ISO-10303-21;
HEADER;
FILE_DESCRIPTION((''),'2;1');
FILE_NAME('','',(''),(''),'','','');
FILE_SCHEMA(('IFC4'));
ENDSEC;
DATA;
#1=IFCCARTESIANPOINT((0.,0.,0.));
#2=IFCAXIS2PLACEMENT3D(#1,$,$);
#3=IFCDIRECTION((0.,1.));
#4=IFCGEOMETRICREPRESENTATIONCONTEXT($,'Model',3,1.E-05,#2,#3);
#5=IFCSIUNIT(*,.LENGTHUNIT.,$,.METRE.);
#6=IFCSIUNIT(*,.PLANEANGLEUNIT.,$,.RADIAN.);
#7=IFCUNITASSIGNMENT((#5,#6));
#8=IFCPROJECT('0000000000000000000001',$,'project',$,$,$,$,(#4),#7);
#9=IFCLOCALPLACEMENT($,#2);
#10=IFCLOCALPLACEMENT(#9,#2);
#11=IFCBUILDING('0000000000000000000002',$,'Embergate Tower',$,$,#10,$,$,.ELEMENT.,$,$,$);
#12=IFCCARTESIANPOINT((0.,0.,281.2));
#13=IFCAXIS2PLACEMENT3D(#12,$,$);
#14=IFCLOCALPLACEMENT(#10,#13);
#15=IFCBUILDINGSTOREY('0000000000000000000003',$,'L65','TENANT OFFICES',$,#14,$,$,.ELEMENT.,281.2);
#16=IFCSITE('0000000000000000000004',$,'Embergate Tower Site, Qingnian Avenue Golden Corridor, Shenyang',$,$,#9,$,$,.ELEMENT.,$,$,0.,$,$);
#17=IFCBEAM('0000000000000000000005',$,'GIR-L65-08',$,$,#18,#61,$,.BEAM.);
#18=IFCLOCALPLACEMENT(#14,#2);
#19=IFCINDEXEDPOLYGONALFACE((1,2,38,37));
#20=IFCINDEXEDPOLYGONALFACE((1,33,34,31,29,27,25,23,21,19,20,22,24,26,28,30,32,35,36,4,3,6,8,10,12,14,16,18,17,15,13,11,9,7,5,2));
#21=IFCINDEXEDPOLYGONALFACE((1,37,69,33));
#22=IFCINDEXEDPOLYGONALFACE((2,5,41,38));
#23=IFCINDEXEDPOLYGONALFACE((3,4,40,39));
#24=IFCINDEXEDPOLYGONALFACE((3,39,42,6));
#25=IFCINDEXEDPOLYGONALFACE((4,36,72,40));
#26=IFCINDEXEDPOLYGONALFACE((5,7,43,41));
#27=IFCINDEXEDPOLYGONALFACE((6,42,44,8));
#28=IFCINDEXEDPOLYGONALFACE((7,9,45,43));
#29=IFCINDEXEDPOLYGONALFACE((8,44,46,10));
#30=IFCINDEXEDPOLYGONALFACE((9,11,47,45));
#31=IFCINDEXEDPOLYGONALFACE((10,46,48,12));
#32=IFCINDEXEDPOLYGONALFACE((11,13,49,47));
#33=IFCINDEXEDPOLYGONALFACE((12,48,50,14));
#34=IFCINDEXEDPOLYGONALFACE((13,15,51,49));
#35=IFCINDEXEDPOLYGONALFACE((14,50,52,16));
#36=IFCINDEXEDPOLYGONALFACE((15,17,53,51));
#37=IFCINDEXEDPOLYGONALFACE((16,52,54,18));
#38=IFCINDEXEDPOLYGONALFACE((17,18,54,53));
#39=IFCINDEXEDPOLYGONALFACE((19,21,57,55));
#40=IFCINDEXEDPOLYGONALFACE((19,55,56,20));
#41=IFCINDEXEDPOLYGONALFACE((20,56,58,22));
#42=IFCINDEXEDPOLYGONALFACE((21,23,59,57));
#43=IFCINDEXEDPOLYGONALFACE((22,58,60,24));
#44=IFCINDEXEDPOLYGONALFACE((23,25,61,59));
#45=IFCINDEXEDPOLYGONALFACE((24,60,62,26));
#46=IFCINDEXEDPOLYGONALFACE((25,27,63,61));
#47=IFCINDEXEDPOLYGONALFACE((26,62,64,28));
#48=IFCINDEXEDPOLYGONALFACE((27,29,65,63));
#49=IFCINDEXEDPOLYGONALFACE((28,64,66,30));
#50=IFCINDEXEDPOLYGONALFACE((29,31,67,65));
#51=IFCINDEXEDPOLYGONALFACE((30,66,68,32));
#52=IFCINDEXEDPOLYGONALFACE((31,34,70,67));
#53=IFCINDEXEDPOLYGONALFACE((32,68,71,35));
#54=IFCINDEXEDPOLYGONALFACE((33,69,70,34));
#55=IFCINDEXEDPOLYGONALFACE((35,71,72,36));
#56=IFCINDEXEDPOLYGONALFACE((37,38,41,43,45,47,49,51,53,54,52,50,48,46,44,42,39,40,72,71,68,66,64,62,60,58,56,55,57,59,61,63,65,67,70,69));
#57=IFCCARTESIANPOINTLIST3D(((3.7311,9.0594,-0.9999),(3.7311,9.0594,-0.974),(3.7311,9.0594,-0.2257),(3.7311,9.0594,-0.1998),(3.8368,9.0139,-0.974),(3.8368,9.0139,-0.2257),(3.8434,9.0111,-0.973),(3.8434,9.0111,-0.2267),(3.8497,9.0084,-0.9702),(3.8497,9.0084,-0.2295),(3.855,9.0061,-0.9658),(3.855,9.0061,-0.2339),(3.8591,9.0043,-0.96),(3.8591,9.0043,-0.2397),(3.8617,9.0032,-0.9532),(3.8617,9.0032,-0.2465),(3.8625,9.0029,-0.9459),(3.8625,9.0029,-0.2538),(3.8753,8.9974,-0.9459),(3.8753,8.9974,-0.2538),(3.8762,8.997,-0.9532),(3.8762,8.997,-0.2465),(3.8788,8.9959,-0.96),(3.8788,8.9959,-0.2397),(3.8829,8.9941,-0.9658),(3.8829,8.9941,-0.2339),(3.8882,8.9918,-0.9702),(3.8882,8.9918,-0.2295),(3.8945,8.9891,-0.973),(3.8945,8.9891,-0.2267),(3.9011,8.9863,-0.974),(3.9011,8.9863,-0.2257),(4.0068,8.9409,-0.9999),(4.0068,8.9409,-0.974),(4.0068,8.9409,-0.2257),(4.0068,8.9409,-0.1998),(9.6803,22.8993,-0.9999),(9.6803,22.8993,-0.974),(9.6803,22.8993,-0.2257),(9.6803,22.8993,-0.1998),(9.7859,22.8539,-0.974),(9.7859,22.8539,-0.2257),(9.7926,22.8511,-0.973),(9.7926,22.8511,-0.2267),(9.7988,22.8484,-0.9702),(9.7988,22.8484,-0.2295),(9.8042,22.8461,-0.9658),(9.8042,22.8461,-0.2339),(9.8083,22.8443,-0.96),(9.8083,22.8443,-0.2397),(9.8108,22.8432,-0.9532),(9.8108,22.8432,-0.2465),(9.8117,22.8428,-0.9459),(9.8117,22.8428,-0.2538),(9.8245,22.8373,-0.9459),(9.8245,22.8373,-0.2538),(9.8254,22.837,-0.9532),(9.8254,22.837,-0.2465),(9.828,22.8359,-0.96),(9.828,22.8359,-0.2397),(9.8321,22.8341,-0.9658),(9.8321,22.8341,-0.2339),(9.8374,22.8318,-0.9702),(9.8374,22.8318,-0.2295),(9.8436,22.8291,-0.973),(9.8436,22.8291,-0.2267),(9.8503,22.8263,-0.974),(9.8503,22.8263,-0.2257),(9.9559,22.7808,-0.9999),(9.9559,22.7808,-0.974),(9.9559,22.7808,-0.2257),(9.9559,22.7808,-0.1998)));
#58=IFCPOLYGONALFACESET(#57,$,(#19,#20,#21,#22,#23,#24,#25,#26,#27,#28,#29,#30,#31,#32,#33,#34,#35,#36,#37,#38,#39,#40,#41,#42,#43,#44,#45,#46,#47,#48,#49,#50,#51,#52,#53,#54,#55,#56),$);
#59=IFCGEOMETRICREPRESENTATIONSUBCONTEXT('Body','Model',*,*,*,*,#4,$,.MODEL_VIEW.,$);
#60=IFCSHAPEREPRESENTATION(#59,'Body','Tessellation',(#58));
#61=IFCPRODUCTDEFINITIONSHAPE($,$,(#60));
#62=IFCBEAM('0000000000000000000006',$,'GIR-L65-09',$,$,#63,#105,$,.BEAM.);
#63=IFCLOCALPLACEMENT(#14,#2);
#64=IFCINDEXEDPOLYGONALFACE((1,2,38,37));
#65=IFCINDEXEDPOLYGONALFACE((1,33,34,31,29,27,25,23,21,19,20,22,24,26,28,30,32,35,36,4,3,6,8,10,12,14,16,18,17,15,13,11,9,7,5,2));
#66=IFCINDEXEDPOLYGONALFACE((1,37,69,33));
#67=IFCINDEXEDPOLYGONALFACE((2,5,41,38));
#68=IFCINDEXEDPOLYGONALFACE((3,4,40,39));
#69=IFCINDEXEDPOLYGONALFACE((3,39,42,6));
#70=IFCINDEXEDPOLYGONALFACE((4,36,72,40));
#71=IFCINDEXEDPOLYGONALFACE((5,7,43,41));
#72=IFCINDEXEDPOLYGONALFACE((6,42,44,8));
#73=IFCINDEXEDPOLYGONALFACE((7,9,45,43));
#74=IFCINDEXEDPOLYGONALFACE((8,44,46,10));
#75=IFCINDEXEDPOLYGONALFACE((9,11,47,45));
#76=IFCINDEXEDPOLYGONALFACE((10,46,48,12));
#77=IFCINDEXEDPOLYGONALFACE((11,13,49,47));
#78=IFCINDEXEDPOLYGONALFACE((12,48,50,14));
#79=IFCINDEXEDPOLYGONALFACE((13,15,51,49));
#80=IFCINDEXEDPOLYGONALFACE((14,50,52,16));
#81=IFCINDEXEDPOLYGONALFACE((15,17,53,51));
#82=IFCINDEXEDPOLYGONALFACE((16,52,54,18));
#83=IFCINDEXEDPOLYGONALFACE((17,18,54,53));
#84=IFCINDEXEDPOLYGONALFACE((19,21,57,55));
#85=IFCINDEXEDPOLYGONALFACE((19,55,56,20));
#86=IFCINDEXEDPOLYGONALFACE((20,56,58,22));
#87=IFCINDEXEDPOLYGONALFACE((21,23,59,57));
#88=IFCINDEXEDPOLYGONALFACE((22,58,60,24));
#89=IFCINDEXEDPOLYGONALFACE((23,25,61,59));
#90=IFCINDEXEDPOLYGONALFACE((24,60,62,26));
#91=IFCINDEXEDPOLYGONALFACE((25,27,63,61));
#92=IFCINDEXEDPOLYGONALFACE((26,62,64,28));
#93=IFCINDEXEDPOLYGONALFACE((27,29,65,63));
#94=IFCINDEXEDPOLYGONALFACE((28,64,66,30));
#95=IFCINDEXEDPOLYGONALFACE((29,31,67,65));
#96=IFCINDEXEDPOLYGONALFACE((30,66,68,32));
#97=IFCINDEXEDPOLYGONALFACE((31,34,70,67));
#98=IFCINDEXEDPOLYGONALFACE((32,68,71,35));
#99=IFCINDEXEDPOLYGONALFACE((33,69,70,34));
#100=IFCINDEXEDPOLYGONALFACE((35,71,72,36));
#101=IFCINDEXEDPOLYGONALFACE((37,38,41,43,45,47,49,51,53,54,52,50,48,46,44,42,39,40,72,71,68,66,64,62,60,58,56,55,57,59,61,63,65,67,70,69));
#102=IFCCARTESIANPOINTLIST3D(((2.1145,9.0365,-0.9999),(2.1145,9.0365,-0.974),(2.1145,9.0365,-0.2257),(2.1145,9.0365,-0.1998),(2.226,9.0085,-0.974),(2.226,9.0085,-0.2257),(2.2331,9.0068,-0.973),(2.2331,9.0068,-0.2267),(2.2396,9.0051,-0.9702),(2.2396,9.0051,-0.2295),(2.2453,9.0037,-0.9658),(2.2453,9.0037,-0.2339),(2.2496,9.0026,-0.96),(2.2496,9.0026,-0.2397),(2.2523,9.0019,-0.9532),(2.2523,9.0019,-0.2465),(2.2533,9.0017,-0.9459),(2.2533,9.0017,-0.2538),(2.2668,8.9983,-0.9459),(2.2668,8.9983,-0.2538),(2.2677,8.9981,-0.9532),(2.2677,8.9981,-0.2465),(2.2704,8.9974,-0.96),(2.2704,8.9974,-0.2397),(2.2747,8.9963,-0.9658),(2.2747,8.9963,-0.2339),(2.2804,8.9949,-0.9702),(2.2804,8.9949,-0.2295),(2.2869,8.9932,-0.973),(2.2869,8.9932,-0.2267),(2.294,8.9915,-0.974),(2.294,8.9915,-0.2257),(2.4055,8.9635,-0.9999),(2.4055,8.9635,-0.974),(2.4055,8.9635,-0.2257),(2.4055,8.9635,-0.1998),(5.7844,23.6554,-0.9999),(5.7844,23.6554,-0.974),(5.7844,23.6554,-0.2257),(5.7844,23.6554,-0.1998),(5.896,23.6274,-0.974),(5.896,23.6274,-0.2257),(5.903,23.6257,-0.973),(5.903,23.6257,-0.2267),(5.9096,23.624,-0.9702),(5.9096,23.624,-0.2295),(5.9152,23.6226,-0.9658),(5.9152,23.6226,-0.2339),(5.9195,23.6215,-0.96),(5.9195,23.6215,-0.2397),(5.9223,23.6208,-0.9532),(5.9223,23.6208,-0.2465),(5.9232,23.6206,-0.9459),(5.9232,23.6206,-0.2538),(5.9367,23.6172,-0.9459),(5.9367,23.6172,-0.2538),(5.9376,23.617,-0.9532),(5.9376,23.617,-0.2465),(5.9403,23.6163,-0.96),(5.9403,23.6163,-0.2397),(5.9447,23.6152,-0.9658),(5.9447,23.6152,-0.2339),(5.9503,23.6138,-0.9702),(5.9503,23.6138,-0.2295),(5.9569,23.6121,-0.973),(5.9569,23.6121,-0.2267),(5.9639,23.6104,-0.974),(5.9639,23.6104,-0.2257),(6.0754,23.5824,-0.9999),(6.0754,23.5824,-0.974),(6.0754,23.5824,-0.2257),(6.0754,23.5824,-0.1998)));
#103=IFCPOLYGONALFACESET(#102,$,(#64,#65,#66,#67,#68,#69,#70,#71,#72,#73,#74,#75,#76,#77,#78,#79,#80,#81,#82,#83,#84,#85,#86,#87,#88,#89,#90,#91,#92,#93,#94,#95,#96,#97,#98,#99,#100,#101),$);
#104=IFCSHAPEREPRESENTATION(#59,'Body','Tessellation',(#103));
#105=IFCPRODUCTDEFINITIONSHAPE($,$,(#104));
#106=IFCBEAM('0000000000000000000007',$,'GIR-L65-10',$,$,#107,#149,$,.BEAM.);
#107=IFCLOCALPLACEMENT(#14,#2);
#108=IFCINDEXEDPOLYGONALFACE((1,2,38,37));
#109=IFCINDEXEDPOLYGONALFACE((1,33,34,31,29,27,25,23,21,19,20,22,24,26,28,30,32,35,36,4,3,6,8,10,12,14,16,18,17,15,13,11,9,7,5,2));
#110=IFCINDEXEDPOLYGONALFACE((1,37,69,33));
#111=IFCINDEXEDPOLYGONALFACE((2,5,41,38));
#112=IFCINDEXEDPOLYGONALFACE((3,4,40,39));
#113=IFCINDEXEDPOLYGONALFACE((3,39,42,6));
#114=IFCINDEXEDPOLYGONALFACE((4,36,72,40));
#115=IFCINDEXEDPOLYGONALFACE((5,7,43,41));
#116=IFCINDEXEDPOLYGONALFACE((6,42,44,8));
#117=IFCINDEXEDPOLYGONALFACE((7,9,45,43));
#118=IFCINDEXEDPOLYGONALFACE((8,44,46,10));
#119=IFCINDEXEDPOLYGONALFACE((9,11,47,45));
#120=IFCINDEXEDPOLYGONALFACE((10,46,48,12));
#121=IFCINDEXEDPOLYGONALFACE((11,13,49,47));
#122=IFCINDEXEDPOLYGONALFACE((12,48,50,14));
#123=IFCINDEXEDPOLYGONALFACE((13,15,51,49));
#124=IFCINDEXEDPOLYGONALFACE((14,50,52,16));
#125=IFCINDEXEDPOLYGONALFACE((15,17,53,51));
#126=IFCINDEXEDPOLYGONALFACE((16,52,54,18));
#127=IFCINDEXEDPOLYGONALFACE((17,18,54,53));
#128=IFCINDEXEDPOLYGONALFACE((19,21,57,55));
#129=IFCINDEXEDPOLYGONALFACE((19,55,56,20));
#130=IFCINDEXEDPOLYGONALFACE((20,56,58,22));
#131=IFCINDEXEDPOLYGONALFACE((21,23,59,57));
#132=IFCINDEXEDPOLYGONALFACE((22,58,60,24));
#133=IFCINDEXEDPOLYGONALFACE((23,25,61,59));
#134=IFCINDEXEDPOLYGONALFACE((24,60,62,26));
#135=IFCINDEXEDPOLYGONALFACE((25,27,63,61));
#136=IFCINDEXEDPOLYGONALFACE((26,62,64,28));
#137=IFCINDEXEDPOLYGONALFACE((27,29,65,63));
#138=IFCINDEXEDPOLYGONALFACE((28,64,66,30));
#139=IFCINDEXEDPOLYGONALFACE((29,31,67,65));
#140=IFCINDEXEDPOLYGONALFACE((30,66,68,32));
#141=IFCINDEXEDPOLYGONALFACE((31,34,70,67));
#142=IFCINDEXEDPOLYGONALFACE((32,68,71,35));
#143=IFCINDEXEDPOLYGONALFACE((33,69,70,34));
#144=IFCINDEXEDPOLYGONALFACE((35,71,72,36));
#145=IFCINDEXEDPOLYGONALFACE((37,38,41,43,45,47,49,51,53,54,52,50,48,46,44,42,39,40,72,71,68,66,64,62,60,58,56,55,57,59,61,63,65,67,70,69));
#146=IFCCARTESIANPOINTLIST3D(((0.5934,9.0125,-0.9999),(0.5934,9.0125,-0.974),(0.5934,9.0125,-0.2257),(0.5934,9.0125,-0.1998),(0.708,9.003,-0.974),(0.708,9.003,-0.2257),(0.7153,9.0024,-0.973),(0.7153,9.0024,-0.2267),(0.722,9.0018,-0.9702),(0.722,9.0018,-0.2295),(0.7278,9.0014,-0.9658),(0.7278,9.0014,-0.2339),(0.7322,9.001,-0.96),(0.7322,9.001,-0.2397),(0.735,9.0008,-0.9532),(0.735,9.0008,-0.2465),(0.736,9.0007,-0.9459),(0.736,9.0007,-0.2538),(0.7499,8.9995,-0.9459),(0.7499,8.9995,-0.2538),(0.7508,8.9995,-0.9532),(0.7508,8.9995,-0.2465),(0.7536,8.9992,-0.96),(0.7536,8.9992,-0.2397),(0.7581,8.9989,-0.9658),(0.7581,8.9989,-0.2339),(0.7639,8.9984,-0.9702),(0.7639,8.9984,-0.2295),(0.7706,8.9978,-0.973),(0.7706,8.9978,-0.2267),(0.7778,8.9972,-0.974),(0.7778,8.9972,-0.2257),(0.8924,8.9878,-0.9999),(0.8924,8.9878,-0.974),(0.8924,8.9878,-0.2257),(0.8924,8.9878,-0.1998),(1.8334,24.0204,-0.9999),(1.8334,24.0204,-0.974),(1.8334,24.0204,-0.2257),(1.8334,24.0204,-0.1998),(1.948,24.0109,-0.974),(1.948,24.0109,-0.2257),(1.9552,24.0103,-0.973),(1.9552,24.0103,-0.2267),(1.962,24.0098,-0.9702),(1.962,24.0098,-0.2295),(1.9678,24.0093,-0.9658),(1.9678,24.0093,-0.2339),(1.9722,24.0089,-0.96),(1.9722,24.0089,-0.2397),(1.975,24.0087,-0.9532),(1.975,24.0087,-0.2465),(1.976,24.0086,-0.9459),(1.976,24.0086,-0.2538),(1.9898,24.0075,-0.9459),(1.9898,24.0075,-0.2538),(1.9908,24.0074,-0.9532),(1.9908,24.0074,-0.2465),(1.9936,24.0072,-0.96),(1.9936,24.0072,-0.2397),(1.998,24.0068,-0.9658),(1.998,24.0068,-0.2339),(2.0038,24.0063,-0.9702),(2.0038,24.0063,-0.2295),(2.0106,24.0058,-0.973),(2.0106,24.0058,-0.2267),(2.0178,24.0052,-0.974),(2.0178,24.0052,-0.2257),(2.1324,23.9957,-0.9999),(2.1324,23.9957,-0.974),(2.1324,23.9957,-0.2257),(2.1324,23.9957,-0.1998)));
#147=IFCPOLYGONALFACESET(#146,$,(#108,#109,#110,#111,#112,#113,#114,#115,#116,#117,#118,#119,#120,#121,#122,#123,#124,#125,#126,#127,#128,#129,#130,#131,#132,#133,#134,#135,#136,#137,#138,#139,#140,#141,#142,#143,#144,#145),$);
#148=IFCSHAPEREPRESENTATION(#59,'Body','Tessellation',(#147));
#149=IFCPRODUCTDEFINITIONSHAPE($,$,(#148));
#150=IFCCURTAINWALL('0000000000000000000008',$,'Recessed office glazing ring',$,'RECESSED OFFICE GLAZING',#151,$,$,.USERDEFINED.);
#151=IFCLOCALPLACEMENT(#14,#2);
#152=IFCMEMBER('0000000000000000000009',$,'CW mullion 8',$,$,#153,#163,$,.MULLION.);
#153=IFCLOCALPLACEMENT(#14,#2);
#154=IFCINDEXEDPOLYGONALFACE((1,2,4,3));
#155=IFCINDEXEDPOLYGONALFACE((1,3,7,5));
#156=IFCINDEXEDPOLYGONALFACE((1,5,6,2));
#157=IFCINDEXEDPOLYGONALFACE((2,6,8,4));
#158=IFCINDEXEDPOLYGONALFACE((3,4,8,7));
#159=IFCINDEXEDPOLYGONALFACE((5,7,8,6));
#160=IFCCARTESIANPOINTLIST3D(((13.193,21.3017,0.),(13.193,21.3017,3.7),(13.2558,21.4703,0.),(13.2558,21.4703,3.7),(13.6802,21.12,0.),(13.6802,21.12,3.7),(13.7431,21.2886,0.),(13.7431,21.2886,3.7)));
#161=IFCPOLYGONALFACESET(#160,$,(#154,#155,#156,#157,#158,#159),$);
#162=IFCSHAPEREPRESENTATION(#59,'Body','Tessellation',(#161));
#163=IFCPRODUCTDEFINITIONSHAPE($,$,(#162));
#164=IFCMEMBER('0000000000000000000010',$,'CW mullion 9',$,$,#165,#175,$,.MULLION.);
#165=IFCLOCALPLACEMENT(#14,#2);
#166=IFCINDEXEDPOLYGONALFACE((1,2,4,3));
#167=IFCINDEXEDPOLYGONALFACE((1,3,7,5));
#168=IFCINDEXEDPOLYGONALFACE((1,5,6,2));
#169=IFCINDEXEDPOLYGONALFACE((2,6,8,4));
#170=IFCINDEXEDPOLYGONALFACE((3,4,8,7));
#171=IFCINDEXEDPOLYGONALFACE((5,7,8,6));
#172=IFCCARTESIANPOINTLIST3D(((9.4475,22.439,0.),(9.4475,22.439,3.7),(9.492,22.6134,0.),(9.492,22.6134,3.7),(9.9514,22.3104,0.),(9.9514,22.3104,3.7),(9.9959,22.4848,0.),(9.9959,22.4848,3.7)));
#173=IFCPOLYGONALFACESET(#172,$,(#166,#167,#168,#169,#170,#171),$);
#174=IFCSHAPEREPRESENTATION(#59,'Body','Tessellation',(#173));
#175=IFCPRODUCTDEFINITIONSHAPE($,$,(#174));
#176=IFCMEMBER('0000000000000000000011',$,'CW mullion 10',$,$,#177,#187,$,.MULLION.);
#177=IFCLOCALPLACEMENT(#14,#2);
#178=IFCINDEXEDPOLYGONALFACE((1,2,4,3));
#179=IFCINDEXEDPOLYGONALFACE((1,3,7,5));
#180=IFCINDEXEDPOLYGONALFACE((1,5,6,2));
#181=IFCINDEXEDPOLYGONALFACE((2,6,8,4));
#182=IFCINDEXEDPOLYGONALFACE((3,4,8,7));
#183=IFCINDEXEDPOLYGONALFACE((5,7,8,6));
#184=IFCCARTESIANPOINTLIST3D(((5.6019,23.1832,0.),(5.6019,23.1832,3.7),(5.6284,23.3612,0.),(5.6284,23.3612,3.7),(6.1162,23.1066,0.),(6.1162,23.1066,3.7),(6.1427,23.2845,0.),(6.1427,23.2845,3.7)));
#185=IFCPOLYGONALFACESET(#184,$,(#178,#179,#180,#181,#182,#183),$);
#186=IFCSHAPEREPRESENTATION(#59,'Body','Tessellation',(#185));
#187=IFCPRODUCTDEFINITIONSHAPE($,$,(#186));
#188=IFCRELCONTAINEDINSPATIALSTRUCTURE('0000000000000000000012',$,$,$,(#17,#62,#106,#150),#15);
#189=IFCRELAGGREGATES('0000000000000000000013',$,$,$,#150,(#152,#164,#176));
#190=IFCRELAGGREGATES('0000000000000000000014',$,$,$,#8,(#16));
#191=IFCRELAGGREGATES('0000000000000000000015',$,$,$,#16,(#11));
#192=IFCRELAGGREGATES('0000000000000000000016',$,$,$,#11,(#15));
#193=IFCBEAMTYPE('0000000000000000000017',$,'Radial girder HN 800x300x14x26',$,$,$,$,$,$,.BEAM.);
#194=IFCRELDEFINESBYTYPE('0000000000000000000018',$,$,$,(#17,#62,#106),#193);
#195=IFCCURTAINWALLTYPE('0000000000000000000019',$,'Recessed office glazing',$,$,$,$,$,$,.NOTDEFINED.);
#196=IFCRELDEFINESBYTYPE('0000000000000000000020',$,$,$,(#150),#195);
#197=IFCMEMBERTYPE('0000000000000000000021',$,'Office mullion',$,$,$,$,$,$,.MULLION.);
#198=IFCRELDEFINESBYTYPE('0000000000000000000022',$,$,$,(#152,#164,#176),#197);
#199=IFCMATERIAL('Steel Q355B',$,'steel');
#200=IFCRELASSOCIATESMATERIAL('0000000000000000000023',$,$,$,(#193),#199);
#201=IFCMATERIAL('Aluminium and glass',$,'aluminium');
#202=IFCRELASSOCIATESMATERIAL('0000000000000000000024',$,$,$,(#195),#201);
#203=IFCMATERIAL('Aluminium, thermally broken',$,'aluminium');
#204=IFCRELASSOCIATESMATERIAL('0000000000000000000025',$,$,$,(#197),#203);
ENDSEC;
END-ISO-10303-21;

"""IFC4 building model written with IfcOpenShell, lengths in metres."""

from ifc_helpers import new_model, si_unit, direction, frame, origin, origin_2d, place, context, subcontext, project, spatial, rectangle, i_section, extrude, source, transform, mapped, material, material_profile, profile_set, type_object, element, aggregate, save


model = new_model("IFC4")

# Units and contexts
model_context = context("Model", 3, precision=1e-05, world=origin(), true_north=direction((0.0, 1.0)))
body_context = subcontext(model_context, "Body", "Model", "MODEL_VIEW")
ifc_project = project(units=[si_unit("LENGTHUNIT", "METRE"), si_unit("PLANEANGLEUNIT", "RADIAN")], contexts=[model_context])

# Site, building, storey
site_placement = place(None, origin())
site = spatial("IfcSite", under=ifc_project, at=site_placement, Name="Embergate Tower Site, Qingnian Avenue Golden Corridor, Shenyang", CompositionType="ELEMENT", RefElevation=0.0)
building_placement = place(site_placement, origin())
building = spatial("IfcBuilding", under=site, at=building_placement, Name="Embergate Tower", CompositionType="ELEMENT")
storey_placement = place(building_placement, frame((0.0, 0.0, 281.2)))
storey = spatial("IfcBuildingStorey", under=building, at=storey_placement, Name="L65", Description="TENANT OFFICES", CompositionType="ELEMENT", Elevation=281.2)

# Beams
ifc_material_1 = material(Name="Steel Q355B", Category="steel")
ifc_material_profile_1 = material_profile(ifc_material_1, i_section(OverallWidth=0.3, OverallDepth=0.8, WebThickness=0.0139, FlangeThickness=0.0259, FilletRadius=0.0281, at=origin_2d()), Name="HN 800x300x14x26")
ifc_profile_set_1 = profile_set([ifc_material_profile_1], Name="Steel Q355 grade B")
beam_type_1 = type_object("IfcBeamType", Name="Radial girder HN 800x300x14x26", PredefinedType="BEAM", material=ifc_profile_set_1)
shared_shape_1 = source(origin(), body_context, "Body", "SweptSolid", [
    extrude(i_section(OverallWidth=0.3, OverallDepth=0.8, WebThickness=0.0139, FlangeThickness=0.0259, FilletRadius=0.0281, at=origin_2d()), origin(), (0.0, 0.0, 1.0), 15.0645),
])
beam_1_placement = place(storey_placement, frame((9.8181, 22.8401, -0.5999), z_axis=(-0.394915, -0.918718, 0.0), x_axis=(0.918718, -0.394915, 0.0)))
element("IfcBeam", 1, at=beam_1_placement, inside=storey, type_object=beam_type_1, Name="GIR-L65-08", PredefinedType="BEAM", context=body_context, shape_type="MappedRepresentation", body=[
    mapped(shared_shape_1, transform((0.0, 0.0, 0.0))),
])
shared_shape_2 = source(origin(), body_context, "Body", "SweptSolid", [
    extrude(i_section(OverallWidth=0.3, OverallDepth=0.8, WebThickness=0.0139, FlangeThickness=0.0259, FilletRadius=0.0281, at=origin_2d()), origin(), (0.0, 0.0, 1.0), 15.0725),
])
beam_2_placement = place(storey_placement, frame((5.9299, 23.6189, -0.5999), z_axis=(-0.243485, -0.969905, 0.0), x_axis=(0.969905, -0.243485, 0.0)))
element("IfcBeam", 2, at=beam_2_placement, inside=storey, type_object=beam_type_1, Name="GIR-L65-09", PredefinedType="BEAM", context=body_context, shape_type="MappedRepresentation", body=[
    mapped(shared_shape_2, transform((0.0, 0.0, 0.0))),
])
shared_shape_3 = source(origin(), body_context, "Body", "SweptSolid", [
    extrude(i_section(OverallWidth=0.3, OverallDepth=0.8, WebThickness=0.0139, FlangeThickness=0.0259, FilletRadius=0.0281, at=origin_2d()), origin(), (0.0, 0.0, 1.0), 15.0591),
])
beam_3_placement = place(storey_placement, frame((1.9829, 24.0081, -0.5999), z_axis=(-0.082341, -0.996604, 0.0), x_axis=(0.996604, -0.082341, 0.0)))
element("IfcBeam", 3, at=beam_3_placement, inside=storey, type_object=beam_type_1, Name="GIR-L65-10", PredefinedType="BEAM", context=body_context, shape_type="MappedRepresentation", body=[
    mapped(shared_shape_3, transform((0.0, 0.0, 0.0))),
])

# Curtain wall, members
ifc_material_2 = material(Name="Aluminium and glass", Category="aluminium")
curtain_wall_type = type_object("IfcCurtainWallType", Name="Recessed office glazing", PredefinedType="NOTDEFINED", material=ifc_material_2)
curtain_wall_placement = place(storey_placement, origin())
curtain_wall = element("IfcCurtainWall", 4, at=curtain_wall_placement, inside=storey, type_object=curtain_wall_type, Name="Recessed office glazing ring", ObjectType="RECESSED OFFICE GLAZING", PredefinedType="USERDEFINED")
ifc_material_3 = material(Name="Aluminium, thermally broken", Category="aluminium")
ifc_material_profile_2 = material_profile(ifc_material_3, rectangle(XDim=0.1799, YDim=0.52, at=origin_2d()), Name="AL 520x180")
ifc_profile_set_2 = profile_set([ifc_material_profile_2], Name="Aluminium, thermally broken")
member_type_1 = type_object("IfcMemberType", Name="Office mullion", PredefinedType="MULLION", material=ifc_profile_set_2)
shared_shape_4 = source(origin(), body_context, "Body", "SweptSolid", [
    extrude(rectangle(XDim=0.1799, YDim=0.52, at=origin_2d()), origin(), (0.0, 0.0, 1.0), 3.7),
])
member_1_placement = place(storey_placement, frame((13.468, 21.2952, 0.0), z_axis=(0.0, 0.0, 1.0), x_axis=(-0.349498, -0.936937, 0.0)))
member_1 = element("IfcMember", 5, at=member_1_placement, type_object=member_type_1, Name="CW mullion 8", PredefinedType="MULLION", context=body_context, shape_type="MappedRepresentation", body=[
    mapped(shared_shape_4, transform((0.0, 0.0, 0.0))),
])
member_2_placement = place(storey_placement, frame((9.7217, 22.4619, 0.0), z_axis=(0.0, 0.0, 1.0), x_axis=(-0.247308, -0.968937, 0.0)))
member_2 = element("IfcMember", 6, at=member_2_placement, type_object=member_type_1, Name="CW mullion 9", PredefinedType="MULLION", context=body_context, shape_type="MappedRepresentation", body=[
    mapped(shared_shape_4, transform((0.0, 0.0, 0.0))),
])
member_3_placement = place(storey_placement, frame((5.8723, 23.2339, 0.0), z_axis=(0.0, 0.0, 1.0), x_axis=(-0.147409, -0.989076, 0.0)))
member_3 = element("IfcMember", 7, at=member_3_placement, type_object=member_type_1, Name="CW mullion 10", PredefinedType="MULLION", context=body_context, shape_type="MappedRepresentation", body=[
    mapped(shared_shape_4, transform((0.0, 0.0, 0.0))),
])
aggregate(curtain_wall, [member_1, member_2, member_3])

save(model, "model.ifc")
